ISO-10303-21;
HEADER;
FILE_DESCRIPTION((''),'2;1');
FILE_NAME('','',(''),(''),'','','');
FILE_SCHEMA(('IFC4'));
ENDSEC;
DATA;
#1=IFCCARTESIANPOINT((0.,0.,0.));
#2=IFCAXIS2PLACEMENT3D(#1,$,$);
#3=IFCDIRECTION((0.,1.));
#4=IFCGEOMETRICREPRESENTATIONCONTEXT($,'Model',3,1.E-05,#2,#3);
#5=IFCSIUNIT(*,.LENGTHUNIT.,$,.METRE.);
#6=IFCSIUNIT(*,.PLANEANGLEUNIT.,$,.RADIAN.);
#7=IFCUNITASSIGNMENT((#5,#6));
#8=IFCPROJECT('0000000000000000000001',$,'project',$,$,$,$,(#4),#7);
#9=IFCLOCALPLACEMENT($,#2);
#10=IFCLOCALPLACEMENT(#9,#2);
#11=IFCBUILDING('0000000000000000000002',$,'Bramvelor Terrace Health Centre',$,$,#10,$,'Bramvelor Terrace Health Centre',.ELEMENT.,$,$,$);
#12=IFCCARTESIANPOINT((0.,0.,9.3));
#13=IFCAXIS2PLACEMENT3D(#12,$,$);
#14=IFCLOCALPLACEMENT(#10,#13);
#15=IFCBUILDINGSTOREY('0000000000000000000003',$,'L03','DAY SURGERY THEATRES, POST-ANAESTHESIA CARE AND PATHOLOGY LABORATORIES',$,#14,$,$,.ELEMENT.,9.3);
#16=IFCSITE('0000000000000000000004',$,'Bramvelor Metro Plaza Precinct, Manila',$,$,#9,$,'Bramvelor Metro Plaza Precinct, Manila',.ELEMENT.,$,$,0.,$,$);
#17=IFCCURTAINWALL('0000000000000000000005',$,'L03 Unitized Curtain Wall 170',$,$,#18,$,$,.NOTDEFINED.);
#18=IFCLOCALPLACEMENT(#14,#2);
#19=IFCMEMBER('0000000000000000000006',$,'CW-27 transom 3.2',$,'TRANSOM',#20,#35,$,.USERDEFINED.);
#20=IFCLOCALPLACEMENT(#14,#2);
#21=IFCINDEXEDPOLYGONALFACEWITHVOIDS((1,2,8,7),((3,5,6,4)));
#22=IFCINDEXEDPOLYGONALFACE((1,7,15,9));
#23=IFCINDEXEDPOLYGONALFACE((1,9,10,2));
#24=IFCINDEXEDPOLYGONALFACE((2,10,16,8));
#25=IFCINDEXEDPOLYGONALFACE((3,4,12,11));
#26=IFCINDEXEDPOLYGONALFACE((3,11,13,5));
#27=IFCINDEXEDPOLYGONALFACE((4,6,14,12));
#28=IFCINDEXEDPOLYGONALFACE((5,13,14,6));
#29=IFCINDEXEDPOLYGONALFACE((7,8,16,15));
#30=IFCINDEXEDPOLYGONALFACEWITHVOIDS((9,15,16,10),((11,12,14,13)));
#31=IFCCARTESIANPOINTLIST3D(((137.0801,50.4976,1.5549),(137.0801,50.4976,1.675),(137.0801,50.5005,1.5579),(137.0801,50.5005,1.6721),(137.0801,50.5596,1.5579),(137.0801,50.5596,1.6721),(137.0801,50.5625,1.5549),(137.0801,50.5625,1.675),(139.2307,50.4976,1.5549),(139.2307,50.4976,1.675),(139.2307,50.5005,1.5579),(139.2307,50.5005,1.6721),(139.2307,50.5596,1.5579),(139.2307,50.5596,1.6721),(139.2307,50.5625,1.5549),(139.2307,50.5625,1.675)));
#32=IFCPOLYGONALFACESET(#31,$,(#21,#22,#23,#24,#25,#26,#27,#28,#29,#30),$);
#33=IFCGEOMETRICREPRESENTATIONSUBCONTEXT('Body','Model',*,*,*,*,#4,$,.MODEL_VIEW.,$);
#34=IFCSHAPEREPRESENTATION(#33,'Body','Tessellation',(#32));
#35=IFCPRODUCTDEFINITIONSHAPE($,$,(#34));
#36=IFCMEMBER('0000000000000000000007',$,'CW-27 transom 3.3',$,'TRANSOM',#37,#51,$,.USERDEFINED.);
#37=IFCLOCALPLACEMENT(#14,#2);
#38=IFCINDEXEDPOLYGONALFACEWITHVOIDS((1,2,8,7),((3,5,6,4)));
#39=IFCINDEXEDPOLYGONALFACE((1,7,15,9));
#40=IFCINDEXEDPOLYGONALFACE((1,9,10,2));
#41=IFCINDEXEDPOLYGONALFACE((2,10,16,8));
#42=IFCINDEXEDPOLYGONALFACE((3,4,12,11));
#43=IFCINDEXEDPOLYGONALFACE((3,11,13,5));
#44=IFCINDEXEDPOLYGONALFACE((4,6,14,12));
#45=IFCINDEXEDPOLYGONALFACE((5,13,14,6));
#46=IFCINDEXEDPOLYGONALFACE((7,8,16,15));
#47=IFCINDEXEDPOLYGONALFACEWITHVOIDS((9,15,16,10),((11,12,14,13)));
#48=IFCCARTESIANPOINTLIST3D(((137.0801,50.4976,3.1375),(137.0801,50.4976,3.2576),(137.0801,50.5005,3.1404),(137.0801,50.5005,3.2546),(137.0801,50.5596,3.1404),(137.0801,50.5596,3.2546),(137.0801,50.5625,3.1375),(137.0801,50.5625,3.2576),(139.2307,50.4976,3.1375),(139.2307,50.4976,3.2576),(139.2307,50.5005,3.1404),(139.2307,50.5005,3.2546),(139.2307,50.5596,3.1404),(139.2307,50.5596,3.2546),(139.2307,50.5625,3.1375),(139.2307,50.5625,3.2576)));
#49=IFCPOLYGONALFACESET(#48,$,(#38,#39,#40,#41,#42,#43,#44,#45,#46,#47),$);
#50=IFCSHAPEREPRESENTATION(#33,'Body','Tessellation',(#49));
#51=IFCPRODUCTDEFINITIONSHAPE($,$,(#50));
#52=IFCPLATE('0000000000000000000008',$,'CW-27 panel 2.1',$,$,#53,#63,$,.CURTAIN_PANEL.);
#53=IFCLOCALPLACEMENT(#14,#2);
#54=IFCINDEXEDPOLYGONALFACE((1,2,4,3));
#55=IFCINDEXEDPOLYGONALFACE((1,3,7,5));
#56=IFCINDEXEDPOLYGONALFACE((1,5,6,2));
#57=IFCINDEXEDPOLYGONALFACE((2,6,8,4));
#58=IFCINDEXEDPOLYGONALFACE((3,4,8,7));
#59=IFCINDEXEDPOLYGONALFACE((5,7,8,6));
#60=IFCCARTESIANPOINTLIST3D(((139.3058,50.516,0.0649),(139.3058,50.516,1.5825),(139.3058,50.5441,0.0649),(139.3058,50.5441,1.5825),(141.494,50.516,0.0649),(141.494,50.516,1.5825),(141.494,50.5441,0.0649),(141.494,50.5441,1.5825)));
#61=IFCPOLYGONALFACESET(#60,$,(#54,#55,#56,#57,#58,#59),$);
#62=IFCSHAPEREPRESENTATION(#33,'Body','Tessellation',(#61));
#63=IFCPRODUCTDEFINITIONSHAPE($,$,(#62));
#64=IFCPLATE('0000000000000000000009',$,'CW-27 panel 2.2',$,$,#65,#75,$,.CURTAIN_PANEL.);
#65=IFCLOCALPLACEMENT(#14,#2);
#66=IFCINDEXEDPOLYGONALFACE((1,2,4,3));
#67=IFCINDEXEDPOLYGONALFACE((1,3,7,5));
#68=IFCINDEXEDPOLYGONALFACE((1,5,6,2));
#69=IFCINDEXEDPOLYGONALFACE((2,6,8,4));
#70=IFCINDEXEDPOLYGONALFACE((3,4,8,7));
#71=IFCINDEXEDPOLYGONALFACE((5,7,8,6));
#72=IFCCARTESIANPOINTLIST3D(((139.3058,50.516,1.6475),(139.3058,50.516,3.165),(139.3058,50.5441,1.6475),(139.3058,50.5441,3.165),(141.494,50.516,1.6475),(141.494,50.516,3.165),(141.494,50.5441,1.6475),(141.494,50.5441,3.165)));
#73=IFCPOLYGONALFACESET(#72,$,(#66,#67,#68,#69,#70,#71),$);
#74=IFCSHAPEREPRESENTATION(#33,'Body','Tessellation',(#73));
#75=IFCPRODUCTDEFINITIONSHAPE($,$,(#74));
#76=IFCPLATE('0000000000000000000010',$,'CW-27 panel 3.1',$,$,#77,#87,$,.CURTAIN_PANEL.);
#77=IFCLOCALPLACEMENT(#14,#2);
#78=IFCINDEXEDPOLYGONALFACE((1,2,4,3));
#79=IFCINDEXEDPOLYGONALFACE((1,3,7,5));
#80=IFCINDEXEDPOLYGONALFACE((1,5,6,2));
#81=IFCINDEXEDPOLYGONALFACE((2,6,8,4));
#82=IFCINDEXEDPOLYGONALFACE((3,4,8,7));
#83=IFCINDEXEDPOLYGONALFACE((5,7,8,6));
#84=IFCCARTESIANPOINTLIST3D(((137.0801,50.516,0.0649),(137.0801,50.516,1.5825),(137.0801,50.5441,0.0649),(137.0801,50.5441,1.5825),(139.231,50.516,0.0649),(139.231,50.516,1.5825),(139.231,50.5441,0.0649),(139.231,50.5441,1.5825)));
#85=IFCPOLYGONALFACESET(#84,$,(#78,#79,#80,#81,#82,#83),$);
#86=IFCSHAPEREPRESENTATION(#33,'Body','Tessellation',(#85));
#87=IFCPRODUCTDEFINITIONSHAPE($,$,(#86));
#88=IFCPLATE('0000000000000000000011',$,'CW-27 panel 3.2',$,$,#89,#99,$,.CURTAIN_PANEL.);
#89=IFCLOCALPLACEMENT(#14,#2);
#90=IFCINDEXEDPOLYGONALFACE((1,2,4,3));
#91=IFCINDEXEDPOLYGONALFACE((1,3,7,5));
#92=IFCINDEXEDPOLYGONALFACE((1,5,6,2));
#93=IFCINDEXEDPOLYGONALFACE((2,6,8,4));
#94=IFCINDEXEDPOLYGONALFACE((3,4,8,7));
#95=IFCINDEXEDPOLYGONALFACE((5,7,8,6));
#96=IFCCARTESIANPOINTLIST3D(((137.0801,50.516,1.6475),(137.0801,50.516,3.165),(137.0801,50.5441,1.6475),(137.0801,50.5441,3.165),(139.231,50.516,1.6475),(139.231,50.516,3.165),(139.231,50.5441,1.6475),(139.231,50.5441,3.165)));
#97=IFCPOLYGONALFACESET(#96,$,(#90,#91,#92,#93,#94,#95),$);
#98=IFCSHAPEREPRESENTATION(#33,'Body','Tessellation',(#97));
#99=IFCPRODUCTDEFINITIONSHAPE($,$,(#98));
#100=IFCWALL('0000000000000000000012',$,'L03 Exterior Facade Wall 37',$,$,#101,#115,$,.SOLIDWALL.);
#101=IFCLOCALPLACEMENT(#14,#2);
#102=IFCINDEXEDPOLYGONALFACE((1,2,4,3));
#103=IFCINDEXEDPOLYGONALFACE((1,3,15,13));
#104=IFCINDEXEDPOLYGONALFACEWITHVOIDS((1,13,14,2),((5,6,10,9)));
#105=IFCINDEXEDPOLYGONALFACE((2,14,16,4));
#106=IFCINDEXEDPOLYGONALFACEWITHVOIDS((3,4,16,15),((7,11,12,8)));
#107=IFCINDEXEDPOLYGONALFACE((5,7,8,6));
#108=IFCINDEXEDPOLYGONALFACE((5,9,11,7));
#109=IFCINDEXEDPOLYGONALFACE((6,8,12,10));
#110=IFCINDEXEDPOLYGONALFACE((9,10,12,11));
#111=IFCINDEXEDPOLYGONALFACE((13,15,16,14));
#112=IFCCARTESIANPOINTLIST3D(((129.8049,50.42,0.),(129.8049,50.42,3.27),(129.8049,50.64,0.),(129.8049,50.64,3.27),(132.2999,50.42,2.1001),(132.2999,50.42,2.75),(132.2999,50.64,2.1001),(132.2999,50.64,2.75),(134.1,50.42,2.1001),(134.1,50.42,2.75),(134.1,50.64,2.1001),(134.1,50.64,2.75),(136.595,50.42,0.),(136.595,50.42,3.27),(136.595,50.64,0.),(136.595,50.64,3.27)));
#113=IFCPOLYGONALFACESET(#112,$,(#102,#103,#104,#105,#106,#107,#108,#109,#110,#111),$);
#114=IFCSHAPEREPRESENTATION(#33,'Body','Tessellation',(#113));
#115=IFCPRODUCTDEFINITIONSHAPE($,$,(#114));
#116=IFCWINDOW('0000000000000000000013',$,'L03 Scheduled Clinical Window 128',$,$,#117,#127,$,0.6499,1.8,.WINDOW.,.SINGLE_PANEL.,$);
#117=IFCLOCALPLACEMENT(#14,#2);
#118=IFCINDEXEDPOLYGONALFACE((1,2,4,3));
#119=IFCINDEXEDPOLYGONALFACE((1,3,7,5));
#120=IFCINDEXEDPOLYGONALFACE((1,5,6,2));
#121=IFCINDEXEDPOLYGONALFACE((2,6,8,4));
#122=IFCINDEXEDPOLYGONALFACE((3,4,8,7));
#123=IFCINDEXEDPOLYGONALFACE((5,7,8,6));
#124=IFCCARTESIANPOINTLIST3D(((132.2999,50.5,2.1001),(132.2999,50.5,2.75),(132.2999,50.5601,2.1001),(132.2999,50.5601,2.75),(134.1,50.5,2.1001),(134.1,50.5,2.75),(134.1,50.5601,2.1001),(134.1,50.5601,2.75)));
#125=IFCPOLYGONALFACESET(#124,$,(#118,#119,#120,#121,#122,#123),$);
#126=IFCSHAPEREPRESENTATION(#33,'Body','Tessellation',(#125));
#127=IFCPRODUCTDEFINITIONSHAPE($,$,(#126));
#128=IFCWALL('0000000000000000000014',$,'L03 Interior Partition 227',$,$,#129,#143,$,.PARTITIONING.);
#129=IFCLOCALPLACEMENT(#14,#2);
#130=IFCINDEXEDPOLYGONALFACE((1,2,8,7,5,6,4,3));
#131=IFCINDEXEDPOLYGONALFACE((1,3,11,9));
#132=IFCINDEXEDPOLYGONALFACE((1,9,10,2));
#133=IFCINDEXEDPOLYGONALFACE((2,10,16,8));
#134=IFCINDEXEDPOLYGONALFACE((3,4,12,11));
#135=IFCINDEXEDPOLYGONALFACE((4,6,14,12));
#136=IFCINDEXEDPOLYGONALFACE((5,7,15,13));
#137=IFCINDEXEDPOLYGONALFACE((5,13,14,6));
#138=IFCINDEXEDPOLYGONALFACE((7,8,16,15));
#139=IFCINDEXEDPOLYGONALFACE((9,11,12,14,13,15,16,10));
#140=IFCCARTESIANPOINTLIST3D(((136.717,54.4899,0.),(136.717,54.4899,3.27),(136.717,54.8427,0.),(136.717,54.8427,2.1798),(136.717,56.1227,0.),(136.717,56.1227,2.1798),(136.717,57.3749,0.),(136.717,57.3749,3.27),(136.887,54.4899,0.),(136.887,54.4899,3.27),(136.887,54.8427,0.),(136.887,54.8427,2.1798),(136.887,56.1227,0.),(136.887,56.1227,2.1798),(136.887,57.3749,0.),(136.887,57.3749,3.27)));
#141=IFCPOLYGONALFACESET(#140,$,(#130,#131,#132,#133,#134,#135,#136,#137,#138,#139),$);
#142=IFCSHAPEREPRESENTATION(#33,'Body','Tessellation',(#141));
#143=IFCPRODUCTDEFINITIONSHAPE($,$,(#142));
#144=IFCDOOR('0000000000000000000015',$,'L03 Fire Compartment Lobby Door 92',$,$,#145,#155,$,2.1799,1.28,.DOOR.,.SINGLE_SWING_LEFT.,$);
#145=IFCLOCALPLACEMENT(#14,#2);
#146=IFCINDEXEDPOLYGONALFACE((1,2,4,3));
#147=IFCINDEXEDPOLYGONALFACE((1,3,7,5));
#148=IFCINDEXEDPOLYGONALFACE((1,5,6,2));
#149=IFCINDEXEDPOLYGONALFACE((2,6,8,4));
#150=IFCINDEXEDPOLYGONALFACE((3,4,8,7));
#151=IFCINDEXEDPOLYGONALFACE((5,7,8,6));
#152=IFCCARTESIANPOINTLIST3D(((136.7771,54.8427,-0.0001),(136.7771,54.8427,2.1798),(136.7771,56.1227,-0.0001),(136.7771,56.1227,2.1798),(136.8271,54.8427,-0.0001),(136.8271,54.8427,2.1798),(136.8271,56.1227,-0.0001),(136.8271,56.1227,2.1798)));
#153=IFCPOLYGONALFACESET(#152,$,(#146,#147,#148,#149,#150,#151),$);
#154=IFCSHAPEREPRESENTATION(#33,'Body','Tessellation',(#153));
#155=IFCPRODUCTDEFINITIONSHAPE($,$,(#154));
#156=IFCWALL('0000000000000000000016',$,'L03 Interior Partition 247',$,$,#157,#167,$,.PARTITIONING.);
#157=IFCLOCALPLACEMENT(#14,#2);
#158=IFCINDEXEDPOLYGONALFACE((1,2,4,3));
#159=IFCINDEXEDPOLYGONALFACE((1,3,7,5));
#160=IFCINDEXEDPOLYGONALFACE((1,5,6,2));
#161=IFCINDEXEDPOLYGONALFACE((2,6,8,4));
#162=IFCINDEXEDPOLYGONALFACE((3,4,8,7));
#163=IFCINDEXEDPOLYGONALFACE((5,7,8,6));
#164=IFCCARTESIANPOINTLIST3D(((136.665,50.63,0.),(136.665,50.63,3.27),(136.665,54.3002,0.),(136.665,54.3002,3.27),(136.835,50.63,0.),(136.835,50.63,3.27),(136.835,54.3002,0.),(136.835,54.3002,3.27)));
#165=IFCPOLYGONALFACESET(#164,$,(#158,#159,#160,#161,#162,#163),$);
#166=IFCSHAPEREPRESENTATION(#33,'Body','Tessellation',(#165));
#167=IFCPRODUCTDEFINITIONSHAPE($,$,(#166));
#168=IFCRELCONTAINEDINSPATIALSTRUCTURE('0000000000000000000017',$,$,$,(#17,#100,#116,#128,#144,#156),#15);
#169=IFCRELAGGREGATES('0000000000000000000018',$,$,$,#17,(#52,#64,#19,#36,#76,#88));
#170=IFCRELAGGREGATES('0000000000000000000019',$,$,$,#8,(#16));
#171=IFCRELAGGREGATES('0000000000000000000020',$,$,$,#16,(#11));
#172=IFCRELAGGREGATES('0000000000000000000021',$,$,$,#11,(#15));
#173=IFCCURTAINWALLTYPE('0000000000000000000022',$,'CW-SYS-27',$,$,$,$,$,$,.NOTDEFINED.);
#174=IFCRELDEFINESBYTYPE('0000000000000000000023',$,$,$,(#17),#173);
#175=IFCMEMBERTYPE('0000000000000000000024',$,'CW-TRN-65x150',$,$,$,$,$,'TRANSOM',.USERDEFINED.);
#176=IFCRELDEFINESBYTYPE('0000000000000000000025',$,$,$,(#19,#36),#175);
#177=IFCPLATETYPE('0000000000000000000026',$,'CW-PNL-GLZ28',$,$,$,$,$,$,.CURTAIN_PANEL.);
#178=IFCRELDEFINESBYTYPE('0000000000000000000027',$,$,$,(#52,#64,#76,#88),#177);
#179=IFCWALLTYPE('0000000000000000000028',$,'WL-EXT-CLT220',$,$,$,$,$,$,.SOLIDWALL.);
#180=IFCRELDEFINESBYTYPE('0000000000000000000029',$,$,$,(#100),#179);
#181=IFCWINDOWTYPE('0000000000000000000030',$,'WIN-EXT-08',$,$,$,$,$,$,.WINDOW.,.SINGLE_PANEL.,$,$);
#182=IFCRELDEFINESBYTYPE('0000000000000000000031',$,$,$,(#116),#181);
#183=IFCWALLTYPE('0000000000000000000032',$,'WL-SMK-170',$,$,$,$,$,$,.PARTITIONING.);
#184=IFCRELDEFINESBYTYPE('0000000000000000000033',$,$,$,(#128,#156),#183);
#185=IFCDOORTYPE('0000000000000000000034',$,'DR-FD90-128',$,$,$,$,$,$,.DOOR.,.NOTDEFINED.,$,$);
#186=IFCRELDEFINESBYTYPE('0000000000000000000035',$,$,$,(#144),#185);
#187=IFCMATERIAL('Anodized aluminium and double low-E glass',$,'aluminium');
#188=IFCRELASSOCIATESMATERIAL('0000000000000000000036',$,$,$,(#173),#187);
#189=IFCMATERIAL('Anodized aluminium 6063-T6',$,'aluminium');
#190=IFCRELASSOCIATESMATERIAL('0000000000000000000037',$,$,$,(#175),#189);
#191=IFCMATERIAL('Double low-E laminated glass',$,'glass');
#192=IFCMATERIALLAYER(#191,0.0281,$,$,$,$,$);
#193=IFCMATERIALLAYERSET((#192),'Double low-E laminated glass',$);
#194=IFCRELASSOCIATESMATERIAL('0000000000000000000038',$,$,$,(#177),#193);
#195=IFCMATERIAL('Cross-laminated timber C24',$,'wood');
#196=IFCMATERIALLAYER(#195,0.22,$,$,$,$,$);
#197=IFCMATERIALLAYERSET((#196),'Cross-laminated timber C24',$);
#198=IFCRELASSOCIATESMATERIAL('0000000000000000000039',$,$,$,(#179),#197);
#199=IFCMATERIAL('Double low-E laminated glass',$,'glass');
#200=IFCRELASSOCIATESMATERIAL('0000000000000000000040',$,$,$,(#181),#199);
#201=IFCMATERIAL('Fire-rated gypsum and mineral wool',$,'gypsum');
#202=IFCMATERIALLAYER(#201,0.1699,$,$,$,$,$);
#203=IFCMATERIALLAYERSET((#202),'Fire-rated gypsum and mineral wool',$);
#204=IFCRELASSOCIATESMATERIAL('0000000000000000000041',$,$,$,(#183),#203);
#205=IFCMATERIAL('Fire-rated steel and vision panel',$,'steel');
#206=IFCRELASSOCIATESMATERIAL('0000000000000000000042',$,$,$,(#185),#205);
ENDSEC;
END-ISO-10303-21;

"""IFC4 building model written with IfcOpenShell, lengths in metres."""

from ifc_helpers import new_model, si_unit, direction, frame, frame_2d, origin, origin_2d, place, context, subcontext, project, spatial, rectangle, hollow_rectangle, extrude, material, layer, layer_set, material_profile, profile_set, type_object, element, fill, aggregate, save


model = new_model("IFC4")

# Units and contexts
model_context = context("Model", 3, precision=1e-05, world=origin(), true_north=direction((0.0, 1.0)))
body_context = subcontext(model_context, "Body", "Model", "MODEL_VIEW")
ifc_project = project(units=[si_unit("LENGTHUNIT", "METRE"), si_unit("PLANEANGLEUNIT", "RADIAN")], contexts=[model_context])

# Site, building, storey
site_placement = place(None, origin())
site = spatial("IfcSite", under=ifc_project, at=site_placement, Name="Bramvelor Metro Plaza Precinct, Manila", LongName="Bramvelor Metro Plaza Precinct, Manila", CompositionType="ELEMENT", RefElevation=0.0)
building_placement = place(site_placement, origin())
building = spatial("IfcBuilding", under=site, at=building_placement, Name="Bramvelor Terrace Health Centre", LongName="Bramvelor Terrace Health Centre", CompositionType="ELEMENT")
storey_placement = place(building_placement, frame((0.0, 0.0, 9.3)))
storey = spatial("IfcBuildingStorey", under=building, at=storey_placement, Name="L03", Description="DAY SURGERY THEATRES, POST-ANAESTHESIA CARE AND PATHOLOGY LABORATORIES", CompositionType="ELEMENT", Elevation=9.3)

# Curtain wall, members, plates
ifc_material_1 = material(Name="Anodized aluminium and double low-E glass", Category="aluminium")
curtain_wall_type = type_object("IfcCurtainWallType", Name="CW-SYS-27", PredefinedType="NOTDEFINED", material=ifc_material_1)
curtain_wall_placement = place(storey_placement, origin())
curtain_wall = element("IfcCurtainWall", 1, at=curtain_wall_placement, inside=storey, type_object=curtain_wall_type, Name="L03 Unitized Curtain Wall 170", PredefinedType="NOTDEFINED")
ifc_material_2 = material(Name="Anodized aluminium 6063-T6", Category="aluminium")
ifc_material_profile_1 = material_profile(ifc_material_2, hollow_rectangle(XDim=0.0649, YDim=0.1201, WallThickness=0.0029, at=origin_2d()), Name="ALU-TRN 65x120x3.0")
ifc_profile_set_1 = profile_set([ifc_material_profile_1], Name="Anodized aluminium 6063-T6")
member_type_1 = type_object("IfcMemberType", Name="CW-TRN-65x150", ElementType="TRANSOM", PredefinedType="USERDEFINED", material=ifc_profile_set_1)
member_1_placement = place(storey_placement, frame((139.2307, 50.53, 1.615), z_axis=(-1.0, 0.0, 0.0), x_axis=(0.0, -1.0, 0.0)))
member_1 = element("IfcMember", 2, at=member_1_placement, type_object=member_type_1, Name="CW-27 transom 3.2", ObjectType="TRANSOM", PredefinedType="USERDEFINED", context=body_context, shape_type="SweptSolid", body=[
    extrude(hollow_rectangle(XDim=0.0649, YDim=0.1201, WallThickness=0.0029, at=origin_2d()), origin(), (0.0, 0.0, 1.0), 2.1506),
])
member_2_placement = place(storey_placement, frame((139.2307, 50.53, 3.1975), z_axis=(-1.0, 0.0, 0.0), x_axis=(0.0, -1.0, 0.0)))
member_2 = element("IfcMember", 3, at=member_2_placement, type_object=member_type_1, Name="CW-27 transom 3.3", ObjectType="TRANSOM", PredefinedType="USERDEFINED", context=body_context, shape_type="SweptSolid", body=[
    extrude(hollow_rectangle(XDim=0.0649, YDim=0.1201, WallThickness=0.0029, at=origin_2d()), origin(), (0.0, 0.0, 1.0), 2.1506),
])
ifc_material_3 = material(Name="Double low-E laminated glass", Category="glass")
ifc_layer_1 = layer(ifc_material_3, 0.0281)
ifc_layer_set_1 = layer_set([ifc_layer_1], Name="Double low-E laminated glass")
plate_type = type_object("IfcPlateType", Name="CW-PNL-GLZ28", PredefinedType="CURTAIN_PANEL", material=ifc_layer_set_1)
plate_1_placement = place(storey_placement, frame((140.3999, 50.53, 0.0649), z_axis=(0.0, 0.0, 1.0), x_axis=(-1.0, 0.0, 0.0)))
plate_1 = element("IfcPlate", 4, at=plate_1_placement, type_object=plate_type, Name="CW-27 panel 2.1", PredefinedType="CURTAIN_PANEL", context=body_context, shape_type="SweptSolid", body=[
    extrude(rectangle(XDim=2.1882, YDim=0.0281, at=origin_2d()), origin(), (0.0, 0.0, 1.0), 1.5176),
])
plate_2_placement = place(storey_placement, frame((140.3999, 50.53, 1.6475), z_axis=(0.0, 0.0, 1.0), x_axis=(-1.0, 0.0, 0.0)))
plate_2 = element("IfcPlate", 5, at=plate_2_placement, type_object=plate_type, Name="CW-27 panel 2.2", PredefinedType="CURTAIN_PANEL", context=body_context, shape_type="SweptSolid", body=[
    extrude(rectangle(XDim=2.1882, YDim=0.0281, at=origin_2d()), origin(), (0.0, 0.0, 1.0), 1.5176),
])
plate_3_placement = place(storey_placement, frame((138.1555, 50.53, 0.0649), z_axis=(0.0, 0.0, 1.0), x_axis=(-1.0, 0.0, 0.0)))
plate_3 = element("IfcPlate", 6, at=plate_3_placement, type_object=plate_type, Name="CW-27 panel 3.1", PredefinedType="CURTAIN_PANEL", context=body_context, shape_type="SweptSolid", body=[
    extrude(rectangle(XDim=2.1509, YDim=0.0281, at=origin_2d()), origin(), (0.0, 0.0, 1.0), 1.5176),
])
plate_4_placement = place(storey_placement, frame((138.1555, 50.53, 1.6475), z_axis=(0.0, 0.0, 1.0), x_axis=(-1.0, 0.0, 0.0)))
plate_4 = element("IfcPlate", 7, at=plate_4_placement, type_object=plate_type, Name="CW-27 panel 3.2", PredefinedType="CURTAIN_PANEL", context=body_context, shape_type="SweptSolid", body=[
    extrude(rectangle(XDim=2.1509, YDim=0.0281, at=origin_2d()), origin(), (0.0, 0.0, 1.0), 1.5176),
])
aggregate(curtain_wall, [plate_1, plate_2, member_1, member_2, plate_3, plate_4])

# Wall, opening, window
ifc_material_4 = material(Name="Cross-laminated timber C24", Category="wood")
ifc_layer_2 = layer(ifc_material_4, 0.22)
ifc_layer_set_2 = layer_set([ifc_layer_2], Name="Cross-laminated timber C24")
wall_type_1 = type_object("IfcWallType", Name="WL-EXT-CLT220", PredefinedType="SOLIDWALL", material=ifc_layer_set_2)
wall_1_placement = place(storey_placement, frame((136.595, 50.53, 0.0), z_axis=(0.0, 0.0, 1.0), x_axis=(-1.0, 0.0, 0.0)))
wall_1 = element("IfcWall", 8, at=wall_1_placement, inside=storey, type_object=wall_type_1, Name="L03 Exterior Facade Wall 37", PredefinedType="SOLIDWALL", context=body_context, shape_type="SweptSolid", body=[
    extrude(rectangle(XDim=6.79, YDim=0.22, at=frame_2d((3.395, 0.0))), origin(), (0.0, 0.0, 1.0), 3.27),
])
opening_1_placement = place(wall_1_placement, frame((2.4951, 0.0, 2.1001)))
opening_1 = element("IfcOpeningElement", 9, at=opening_1_placement, cuts=wall_1, PredefinedType="OPENING", context=body_context, shape_type="SweptSolid", body=[
    extrude(rectangle(XDim=1.8, YDim=0.6499, at=frame_2d((0.8999, 0.325))), frame((0.0, 0.1199, 0.0), z_axis=(0.0, -1.0, 0.0), x_axis=(1.0, 0.0, 0.0)), (0.0, 0.0, 1.0), 0.24),
])
ifc_material_5 = material(Name="Double low-E laminated glass", Category="glass")
window_type = type_object("IfcWindowType", Name="WIN-EXT-08", PartitioningType="SINGLE_PANEL", PredefinedType="WINDOW", material=ifc_material_5)
window_placement = place(opening_1_placement, origin())
window = element("IfcWindow", 10, at=window_placement, inside=storey, type_object=window_type, Name="L03 Scheduled Clinical Window 128", OverallHeight=0.6499, OverallWidth=1.8, PartitioningType="SINGLE_PANEL", PredefinedType="WINDOW", context=body_context, shape_type="SweptSolid", body=[
    extrude(rectangle(XDim=1.8, YDim=0.6499, at=frame_2d((0.8999, 0.325))), frame((0.0, 0.03, 0.0), z_axis=(0.0, -1.0, 0.0), x_axis=(1.0, 0.0, 0.0)), (0.0, 0.0, 1.0), 0.0601),
])
fill(opening_1, window)

# Wall, opening, door
ifc_material_6 = material(Name="Fire-rated gypsum and mineral wool", Category="gypsum")
ifc_layer_3 = layer(ifc_material_6, 0.1699)
ifc_layer_set_3 = layer_set([ifc_layer_3], Name="Fire-rated gypsum and mineral wool")
wall_type_2 = type_object("IfcWallType", Name="WL-SMK-170", PredefinedType="PARTITIONING", material=ifc_layer_set_3)
wall_2_placement = place(storey_placement, frame((136.802, 54.49, 0.0), z_axis=(0.0, 0.0, 1.0), x_axis=(0.0, 1.0, 0.0)))
wall_2 = element("IfcWall", 11, at=wall_2_placement, inside=storey, type_object=wall_type_2, Name="L03 Interior Partition 227", PredefinedType="PARTITIONING", context=body_context, shape_type="SweptSolid", body=[
    extrude(rectangle(XDim=2.885, YDim=0.1699, at=frame_2d((1.4424, 0.0))), origin(), (0.0, 0.0, 1.0), 3.27),
])
opening_2_placement = place(wall_2_placement, frame((0.3525, 0.0, 0.0)))
opening_2 = element("IfcOpeningElement", 12, at=opening_2_placement, cuts=wall_2, PredefinedType="OPENING", context=body_context, shape_type="SweptSolid", body=[
    extrude(rectangle(XDim=1.28, YDim=2.1799, at=frame_2d((0.6401, 1.0898))), frame((0.0, 0.095, 0.0), z_axis=(0.0, -1.0, 0.0), x_axis=(1.0, 0.0, 0.0)), (0.0, 0.0, 1.0), 0.1899),
])
ifc_material_7 = material(Name="Fire-rated steel and vision panel", Category="steel")
door_type = type_object("IfcDoorType", Name="DR-FD90-128", OperationType="NOTDEFINED", PredefinedType="DOOR", material=ifc_material_7)
door_placement = place(opening_2_placement, origin())
door = element("IfcDoor", 13, at=door_placement, inside=storey, type_object=door_type, Name="L03 Fire Compartment Lobby Door 92", OperationType="SINGLE_SWING_LEFT", OverallHeight=2.1799, OverallWidth=1.28, PredefinedType="DOOR", context=body_context, shape_type="SweptSolid", body=[
    extrude(rectangle(XDim=1.28, YDim=2.1799, at=frame_2d((0.6401, 1.0898))), frame((0.0, 0.0249, 0.0), z_axis=(0.0, -1.0, 0.0), x_axis=(1.0, 0.0, 0.0)), (0.0, 0.0, 1.0), 0.05),
])
fill(opening_2, door)

# Wall
wall_3_placement = place(storey_placement, frame((136.75, 54.3, 0.0), z_axis=(0.0, 0.0, 1.0), x_axis=(0.0, -1.0, 0.0)))
element("IfcWall", 14, at=wall_3_placement, inside=storey, type_object=wall_type_2, Name="L03 Interior Partition 247", PredefinedType="PARTITIONING", context=body_context, shape_type="SweptSolid", body=[
    extrude(rectangle(XDim=3.6702, YDim=0.1699, at=frame_2d((1.835, 0.0))), origin(), (0.0, 0.0, 1.0), 3.27),
])

save(model, "model.ifc")
